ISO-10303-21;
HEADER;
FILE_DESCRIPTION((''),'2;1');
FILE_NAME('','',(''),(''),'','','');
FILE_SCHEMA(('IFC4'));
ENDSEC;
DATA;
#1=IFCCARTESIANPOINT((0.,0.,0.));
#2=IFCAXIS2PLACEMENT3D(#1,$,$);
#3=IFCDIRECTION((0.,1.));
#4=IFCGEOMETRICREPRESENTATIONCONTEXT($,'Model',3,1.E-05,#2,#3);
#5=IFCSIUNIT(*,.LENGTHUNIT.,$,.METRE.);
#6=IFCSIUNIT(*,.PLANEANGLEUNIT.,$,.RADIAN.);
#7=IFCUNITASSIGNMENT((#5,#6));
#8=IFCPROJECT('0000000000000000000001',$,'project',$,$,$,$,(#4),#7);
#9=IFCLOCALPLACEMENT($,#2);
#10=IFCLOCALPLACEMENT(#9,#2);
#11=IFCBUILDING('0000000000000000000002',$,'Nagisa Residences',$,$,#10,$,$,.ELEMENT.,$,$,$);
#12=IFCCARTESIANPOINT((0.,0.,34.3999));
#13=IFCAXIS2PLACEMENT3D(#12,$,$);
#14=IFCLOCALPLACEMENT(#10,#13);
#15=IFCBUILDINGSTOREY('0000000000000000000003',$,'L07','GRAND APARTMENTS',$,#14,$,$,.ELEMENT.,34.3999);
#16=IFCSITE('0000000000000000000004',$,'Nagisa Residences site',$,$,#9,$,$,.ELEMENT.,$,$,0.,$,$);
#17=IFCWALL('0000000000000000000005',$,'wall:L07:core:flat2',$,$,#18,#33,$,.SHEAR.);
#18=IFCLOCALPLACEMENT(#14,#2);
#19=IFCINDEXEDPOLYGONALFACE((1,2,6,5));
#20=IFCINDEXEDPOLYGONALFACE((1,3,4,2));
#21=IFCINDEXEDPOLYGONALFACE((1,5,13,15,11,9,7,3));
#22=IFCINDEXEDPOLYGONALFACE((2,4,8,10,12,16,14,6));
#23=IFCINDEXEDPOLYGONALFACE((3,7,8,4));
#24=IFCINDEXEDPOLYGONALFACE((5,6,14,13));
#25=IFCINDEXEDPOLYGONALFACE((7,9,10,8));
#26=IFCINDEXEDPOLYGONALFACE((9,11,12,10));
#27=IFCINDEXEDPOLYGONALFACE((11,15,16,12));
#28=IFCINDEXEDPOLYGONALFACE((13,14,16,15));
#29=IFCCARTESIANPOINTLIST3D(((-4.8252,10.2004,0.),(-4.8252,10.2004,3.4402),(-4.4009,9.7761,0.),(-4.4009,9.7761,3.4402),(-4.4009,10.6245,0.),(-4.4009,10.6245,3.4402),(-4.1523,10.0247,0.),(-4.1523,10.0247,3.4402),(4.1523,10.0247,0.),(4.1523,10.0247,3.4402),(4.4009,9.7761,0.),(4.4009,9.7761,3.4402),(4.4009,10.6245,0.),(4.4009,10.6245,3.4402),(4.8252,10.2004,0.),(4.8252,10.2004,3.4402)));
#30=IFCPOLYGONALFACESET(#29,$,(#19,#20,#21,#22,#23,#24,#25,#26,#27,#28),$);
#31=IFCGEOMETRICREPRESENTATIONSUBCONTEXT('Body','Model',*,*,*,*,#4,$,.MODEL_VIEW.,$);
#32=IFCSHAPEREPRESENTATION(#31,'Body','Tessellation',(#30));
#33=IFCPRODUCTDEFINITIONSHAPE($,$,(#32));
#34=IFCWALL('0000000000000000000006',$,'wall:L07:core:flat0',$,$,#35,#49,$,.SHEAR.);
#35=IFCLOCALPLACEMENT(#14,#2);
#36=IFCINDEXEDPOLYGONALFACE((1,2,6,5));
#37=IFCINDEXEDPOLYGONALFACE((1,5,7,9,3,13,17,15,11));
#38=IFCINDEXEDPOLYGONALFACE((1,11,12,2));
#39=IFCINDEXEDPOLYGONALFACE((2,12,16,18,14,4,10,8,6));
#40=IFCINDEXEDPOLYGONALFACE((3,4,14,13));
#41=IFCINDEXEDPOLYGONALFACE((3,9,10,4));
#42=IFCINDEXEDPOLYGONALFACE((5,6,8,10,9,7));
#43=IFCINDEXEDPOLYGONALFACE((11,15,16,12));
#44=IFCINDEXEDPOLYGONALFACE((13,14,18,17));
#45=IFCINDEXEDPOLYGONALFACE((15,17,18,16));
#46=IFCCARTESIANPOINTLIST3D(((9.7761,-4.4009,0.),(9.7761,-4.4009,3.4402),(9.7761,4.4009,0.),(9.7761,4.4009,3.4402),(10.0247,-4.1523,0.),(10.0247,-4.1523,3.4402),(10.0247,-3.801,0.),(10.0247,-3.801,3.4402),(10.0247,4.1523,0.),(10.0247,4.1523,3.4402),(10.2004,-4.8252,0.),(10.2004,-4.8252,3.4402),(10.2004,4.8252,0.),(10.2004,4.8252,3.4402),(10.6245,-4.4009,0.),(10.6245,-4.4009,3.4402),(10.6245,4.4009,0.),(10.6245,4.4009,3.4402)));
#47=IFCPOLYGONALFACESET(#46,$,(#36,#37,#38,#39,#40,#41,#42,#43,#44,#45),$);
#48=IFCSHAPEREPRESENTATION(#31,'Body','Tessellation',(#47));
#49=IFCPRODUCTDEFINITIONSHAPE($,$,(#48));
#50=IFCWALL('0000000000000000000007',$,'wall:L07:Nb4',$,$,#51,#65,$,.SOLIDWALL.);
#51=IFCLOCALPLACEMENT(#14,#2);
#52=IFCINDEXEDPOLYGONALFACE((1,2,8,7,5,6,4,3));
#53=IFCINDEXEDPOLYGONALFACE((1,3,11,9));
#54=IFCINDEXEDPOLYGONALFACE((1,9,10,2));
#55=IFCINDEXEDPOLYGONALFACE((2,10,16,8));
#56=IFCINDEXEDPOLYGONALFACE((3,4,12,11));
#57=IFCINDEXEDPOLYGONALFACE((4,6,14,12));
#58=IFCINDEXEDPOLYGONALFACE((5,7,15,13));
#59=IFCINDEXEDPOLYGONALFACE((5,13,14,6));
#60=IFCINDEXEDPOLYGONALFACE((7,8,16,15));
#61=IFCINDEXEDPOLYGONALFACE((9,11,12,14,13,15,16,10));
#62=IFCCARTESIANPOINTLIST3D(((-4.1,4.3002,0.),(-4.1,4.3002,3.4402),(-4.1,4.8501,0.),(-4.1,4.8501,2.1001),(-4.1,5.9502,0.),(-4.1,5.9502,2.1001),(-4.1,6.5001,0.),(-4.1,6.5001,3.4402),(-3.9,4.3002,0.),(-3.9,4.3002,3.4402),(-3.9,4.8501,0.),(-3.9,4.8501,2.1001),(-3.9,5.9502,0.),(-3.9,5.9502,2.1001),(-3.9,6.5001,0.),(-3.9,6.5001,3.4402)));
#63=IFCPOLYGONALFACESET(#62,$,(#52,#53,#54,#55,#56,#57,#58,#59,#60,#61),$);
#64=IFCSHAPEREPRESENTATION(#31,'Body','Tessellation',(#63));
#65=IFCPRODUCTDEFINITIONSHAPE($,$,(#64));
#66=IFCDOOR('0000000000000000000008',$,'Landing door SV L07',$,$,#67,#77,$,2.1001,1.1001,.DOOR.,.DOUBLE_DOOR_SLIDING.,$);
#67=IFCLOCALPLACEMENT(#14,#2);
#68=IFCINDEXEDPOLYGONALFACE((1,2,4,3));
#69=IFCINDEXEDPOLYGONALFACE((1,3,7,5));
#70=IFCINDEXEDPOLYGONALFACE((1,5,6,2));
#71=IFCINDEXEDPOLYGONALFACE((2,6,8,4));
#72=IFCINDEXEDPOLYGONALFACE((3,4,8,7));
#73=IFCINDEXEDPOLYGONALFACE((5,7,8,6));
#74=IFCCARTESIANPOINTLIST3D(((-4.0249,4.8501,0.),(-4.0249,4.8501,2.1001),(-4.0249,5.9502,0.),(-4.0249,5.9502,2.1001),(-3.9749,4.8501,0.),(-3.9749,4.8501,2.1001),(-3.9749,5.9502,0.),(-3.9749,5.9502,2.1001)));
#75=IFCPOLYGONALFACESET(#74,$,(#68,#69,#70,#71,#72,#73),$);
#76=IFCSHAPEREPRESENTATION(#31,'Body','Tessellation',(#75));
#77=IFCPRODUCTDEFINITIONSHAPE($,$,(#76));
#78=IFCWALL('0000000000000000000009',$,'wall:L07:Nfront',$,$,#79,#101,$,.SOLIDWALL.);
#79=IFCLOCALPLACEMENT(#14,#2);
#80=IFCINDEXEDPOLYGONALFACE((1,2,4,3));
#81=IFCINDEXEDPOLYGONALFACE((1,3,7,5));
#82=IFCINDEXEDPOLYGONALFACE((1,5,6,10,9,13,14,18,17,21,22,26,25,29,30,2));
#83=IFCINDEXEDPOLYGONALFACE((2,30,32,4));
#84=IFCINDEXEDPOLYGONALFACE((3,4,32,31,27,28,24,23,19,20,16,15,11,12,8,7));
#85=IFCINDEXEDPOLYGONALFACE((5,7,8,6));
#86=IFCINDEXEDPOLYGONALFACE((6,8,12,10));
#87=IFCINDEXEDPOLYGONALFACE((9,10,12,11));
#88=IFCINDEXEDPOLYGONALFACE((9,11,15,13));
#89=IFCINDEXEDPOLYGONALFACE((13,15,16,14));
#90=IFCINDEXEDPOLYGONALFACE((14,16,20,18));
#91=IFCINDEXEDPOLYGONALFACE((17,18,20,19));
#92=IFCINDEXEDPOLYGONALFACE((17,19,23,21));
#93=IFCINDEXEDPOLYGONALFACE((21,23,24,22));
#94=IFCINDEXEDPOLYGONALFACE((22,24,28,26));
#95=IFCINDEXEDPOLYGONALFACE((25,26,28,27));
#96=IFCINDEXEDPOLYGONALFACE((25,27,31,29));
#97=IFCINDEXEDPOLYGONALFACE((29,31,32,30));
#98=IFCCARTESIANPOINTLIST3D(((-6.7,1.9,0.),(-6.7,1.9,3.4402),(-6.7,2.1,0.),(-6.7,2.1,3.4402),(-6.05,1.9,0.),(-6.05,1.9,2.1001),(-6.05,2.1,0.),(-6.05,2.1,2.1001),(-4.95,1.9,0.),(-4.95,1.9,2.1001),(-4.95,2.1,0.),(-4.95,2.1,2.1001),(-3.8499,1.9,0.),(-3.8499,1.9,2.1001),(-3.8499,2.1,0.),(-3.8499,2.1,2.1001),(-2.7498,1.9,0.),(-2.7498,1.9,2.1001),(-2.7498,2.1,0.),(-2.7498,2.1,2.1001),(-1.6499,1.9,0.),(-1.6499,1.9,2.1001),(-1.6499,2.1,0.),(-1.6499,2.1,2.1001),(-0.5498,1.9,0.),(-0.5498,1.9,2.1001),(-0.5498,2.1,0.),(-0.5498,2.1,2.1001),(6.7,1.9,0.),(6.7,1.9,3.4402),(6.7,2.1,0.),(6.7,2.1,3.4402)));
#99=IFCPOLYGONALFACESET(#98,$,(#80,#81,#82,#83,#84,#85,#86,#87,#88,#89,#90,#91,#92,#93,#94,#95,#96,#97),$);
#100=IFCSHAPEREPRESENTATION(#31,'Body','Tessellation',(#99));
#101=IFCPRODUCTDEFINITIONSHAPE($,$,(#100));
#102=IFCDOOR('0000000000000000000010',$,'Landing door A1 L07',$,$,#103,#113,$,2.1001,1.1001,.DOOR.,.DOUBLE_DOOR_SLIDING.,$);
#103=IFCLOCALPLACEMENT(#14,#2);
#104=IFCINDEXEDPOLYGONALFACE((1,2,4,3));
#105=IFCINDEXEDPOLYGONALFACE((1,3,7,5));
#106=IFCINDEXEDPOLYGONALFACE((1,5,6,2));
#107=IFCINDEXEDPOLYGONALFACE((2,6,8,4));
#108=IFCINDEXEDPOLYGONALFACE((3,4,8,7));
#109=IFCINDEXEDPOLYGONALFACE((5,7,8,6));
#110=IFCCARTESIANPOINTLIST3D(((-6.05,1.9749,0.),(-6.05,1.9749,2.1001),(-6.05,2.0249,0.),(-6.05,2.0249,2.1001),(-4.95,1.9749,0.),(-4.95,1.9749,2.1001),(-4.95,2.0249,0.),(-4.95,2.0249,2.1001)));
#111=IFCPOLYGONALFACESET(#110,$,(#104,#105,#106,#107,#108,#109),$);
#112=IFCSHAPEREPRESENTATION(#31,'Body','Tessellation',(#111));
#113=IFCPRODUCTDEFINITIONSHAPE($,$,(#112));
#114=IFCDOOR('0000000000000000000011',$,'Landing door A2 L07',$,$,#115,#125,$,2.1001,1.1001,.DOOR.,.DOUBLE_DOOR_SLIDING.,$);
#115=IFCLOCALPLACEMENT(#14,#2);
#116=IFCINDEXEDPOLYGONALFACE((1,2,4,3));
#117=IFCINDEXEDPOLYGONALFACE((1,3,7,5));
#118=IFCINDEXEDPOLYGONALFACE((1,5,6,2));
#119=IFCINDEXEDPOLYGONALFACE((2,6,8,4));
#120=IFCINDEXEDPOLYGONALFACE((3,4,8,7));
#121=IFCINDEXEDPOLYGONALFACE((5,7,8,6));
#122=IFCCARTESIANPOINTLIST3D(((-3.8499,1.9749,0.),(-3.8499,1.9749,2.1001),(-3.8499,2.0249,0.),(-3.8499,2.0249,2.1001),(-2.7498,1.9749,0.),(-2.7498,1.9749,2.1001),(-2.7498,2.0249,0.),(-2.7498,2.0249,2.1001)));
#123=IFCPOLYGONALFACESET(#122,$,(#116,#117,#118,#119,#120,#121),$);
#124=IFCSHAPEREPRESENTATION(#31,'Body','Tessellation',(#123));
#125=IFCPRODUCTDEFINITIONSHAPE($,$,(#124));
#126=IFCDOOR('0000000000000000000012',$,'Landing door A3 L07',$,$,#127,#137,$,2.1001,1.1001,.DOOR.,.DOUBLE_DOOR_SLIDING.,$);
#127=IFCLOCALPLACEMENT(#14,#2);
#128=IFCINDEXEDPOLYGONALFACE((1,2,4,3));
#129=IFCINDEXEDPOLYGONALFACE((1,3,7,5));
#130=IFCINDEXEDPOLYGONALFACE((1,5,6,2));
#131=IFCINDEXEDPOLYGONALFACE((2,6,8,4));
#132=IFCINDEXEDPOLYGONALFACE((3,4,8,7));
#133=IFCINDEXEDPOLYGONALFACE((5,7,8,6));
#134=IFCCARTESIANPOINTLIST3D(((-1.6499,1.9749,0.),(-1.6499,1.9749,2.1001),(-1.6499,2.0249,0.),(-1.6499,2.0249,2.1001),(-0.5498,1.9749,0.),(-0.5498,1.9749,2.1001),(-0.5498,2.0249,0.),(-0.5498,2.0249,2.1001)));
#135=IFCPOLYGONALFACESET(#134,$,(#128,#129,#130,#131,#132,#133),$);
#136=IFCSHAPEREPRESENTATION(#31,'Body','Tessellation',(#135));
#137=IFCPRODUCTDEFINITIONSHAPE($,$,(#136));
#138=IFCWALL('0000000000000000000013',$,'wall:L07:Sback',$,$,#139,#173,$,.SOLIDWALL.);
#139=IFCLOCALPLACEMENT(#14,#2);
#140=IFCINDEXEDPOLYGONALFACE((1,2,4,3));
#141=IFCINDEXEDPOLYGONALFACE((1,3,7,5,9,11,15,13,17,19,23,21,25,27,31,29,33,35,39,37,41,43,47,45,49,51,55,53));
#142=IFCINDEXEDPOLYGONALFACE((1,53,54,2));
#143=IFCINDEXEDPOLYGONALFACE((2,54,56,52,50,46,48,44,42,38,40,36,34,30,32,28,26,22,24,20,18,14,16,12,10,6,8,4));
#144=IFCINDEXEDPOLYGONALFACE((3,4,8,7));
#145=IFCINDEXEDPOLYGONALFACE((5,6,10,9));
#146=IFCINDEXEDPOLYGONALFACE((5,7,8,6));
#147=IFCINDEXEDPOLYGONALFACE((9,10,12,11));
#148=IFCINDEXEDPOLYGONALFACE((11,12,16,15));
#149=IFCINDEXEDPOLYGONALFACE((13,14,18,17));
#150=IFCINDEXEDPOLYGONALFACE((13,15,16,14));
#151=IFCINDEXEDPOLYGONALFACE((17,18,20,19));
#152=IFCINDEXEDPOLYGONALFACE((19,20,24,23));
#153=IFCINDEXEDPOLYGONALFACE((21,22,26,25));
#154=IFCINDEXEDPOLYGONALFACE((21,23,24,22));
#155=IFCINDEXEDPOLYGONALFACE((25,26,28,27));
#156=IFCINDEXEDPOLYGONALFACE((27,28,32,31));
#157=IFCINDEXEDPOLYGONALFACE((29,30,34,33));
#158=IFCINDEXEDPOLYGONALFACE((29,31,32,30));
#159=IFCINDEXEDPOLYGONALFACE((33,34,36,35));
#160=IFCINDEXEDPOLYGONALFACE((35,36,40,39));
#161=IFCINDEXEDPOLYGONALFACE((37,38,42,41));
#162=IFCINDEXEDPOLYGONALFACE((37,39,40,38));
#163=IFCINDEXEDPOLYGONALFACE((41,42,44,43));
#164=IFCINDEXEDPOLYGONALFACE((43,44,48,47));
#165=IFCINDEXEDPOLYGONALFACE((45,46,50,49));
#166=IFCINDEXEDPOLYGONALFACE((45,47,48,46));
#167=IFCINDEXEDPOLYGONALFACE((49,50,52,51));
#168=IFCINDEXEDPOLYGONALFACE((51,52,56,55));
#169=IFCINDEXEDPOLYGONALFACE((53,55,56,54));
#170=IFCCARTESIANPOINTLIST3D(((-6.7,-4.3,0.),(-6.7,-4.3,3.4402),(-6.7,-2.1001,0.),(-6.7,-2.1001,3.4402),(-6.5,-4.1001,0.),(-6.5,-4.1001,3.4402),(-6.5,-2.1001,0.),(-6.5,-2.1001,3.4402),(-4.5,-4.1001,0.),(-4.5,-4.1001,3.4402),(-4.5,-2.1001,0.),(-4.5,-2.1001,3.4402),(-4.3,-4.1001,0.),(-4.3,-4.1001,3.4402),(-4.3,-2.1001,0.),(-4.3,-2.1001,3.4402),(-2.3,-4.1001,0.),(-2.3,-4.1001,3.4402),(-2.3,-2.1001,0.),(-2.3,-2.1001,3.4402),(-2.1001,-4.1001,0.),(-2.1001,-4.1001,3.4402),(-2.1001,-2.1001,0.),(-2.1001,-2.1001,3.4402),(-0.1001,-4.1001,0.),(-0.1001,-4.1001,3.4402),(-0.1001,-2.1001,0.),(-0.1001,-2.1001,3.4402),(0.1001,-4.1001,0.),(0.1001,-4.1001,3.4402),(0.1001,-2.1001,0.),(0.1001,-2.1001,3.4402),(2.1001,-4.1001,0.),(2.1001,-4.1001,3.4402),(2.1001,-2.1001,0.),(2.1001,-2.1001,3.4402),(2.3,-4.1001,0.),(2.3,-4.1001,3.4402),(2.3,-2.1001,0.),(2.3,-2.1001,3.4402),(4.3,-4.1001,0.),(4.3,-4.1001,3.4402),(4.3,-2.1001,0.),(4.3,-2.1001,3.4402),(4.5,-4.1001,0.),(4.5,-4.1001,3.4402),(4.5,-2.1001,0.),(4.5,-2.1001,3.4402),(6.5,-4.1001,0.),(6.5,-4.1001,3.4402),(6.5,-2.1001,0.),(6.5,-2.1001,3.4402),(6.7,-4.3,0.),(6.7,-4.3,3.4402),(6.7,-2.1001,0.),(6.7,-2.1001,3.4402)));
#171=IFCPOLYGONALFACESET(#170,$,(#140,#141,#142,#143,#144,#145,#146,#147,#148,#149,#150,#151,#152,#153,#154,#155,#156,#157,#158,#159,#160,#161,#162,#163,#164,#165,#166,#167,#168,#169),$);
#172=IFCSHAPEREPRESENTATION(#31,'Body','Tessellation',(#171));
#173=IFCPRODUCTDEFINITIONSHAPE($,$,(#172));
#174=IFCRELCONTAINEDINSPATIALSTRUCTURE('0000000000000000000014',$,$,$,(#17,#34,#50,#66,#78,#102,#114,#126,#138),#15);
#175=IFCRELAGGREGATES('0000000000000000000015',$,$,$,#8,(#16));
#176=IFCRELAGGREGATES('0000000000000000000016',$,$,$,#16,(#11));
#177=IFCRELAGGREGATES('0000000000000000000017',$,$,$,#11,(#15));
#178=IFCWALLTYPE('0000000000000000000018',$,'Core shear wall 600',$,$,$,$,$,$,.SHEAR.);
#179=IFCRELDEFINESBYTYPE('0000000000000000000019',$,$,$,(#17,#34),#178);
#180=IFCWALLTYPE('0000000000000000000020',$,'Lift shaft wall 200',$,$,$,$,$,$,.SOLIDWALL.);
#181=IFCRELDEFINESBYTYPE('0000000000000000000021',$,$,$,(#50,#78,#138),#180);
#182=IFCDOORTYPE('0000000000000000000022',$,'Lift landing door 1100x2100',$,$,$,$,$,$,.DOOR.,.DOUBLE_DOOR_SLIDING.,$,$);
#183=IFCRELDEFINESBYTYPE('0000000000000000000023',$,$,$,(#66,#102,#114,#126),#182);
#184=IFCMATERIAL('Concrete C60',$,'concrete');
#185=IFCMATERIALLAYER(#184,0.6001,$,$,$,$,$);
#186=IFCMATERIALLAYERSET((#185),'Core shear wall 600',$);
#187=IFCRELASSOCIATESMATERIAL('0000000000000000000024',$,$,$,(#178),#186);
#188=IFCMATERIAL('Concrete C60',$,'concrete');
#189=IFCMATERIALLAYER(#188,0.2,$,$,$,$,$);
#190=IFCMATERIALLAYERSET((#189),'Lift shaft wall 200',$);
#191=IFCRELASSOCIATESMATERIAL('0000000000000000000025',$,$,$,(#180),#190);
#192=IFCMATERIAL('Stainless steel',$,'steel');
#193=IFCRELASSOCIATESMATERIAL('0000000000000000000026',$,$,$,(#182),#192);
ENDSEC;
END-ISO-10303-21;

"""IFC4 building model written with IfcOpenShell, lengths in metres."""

from ifc_helpers import new_model, si_unit, direction, frame, frame_2d, origin, place, context, subcontext, project, spatial, polyline, rectangle, outline, extrude, material, layer, layer_set, type_object, element, fill, save


model = new_model("IFC4")

# Units and contexts
model_context = context("Model", 3, precision=1e-05, world=origin(), true_north=direction((0.0, 1.0)))
body_context = subcontext(model_context, "Body", "Model", "MODEL_VIEW")
ifc_project = project(units=[si_unit("LENGTHUNIT", "METRE"), si_unit("PLANEANGLEUNIT", "RADIAN")], contexts=[model_context])

# Site, building, storey
site_placement = place(None, origin())
site = spatial("IfcSite", under=ifc_project, at=site_placement, Name="Nagisa Residences site", CompositionType="ELEMENT", RefElevation=0.0)
building_placement = place(site_placement, origin())
building = spatial("IfcBuilding", under=site, at=building_placement, Name="Nagisa Residences", CompositionType="ELEMENT")
storey_placement = place(building_placement, frame((0.0, 0.0, 34.3999)))
storey = spatial("IfcBuildingStorey", under=building, at=storey_placement, Name="L07", Description="GRAND APARTMENTS", CompositionType="ELEMENT", Elevation=34.3999)

# Shared definitions
ifc_material_1 = material(Name="Concrete C60", Category="concrete")
ifc_layer_1 = layer(ifc_material_1, 0.6001)
ifc_layer_set_1 = layer_set([ifc_layer_1], Name="Core shear wall 600")
wall_type_1 = type_object("IfcWallType", Name="Core shear wall 600", PredefinedType="SHEAR", material=ifc_layer_set_1)

# Walls
wall_1_placement = place(storey_placement, origin())
element("IfcWall", 1, at=wall_1_placement, inside=storey, type_object=wall_type_1, Name="wall:L07:core:flat2", PredefinedType="SHEAR", context=body_context, shape_type="SweptSolid", body=[
    extrude(outline(polyline([(-4.1523, 10.0247), (-4.4009, 9.7761), (-4.8252, 10.2004), (-4.4009, 10.6245), (4.4009, 10.6245), (4.8252, 10.2004), (4.4009, 9.7761), (4.1523, 10.0247), (-4.1523, 10.0247)])), origin(), (0.0, 0.0, 1.0), 3.4402),
])
wall_2_placement = place(storey_placement, origin())
element("IfcWall", 2, at=wall_2_placement, inside=storey, type_object=wall_type_1, Name="wall:L07:core:flat0", PredefinedType="SHEAR", context=body_context, shape_type="SweptSolid", body=[
    extrude(outline(polyline([(9.7761, -4.4009), (10.0247, -4.1523), (10.0247, -3.801), (10.0247, 4.1523), (9.7761, 4.4009), (10.2004, 4.8252), (10.6245, 4.4009), (10.6245, -4.4009), (10.2004, -4.8252), (9.7761, -4.4009)])), origin(), (0.0, 0.0, 1.0), 3.4402),
])

# Wall, opening, door
ifc_material_2 = material(Name="Concrete C60", Category="concrete")
ifc_layer_2 = layer(ifc_material_2, 0.2)
ifc_layer_set_2 = layer_set([ifc_layer_2], Name="Lift shaft wall 200")
wall_type_2 = type_object("IfcWallType", Name="Lift shaft wall 200", PredefinedType="SOLIDWALL", material=ifc_layer_set_2)
wall_3_placement = place(storey_placement, frame((-4.0, 4.3, 0.0), z_axis=(0.0, 0.0, 1.0), x_axis=(0.0, 1.0, 0.0)))
wall_3 = element("IfcWall", 3, at=wall_3_placement, inside=storey, type_object=wall_type_2, Name="wall:L07:Nb4", PredefinedType="SOLIDWALL", context=body_context, shape_type="SweptSolid", body=[
    extrude(rectangle(XDim=2.2, YDim=0.2, at=frame_2d((1.1001, 0.0))), origin(), (0.0, 0.0, 1.0), 3.4402),
])
opening_1_placement = place(wall_3_placement, frame((0.55, 0.0, 0.0)))
opening_1 = element("IfcOpeningElement", 4, at=opening_1_placement, cuts=wall_3, PredefinedType="OPENING", context=body_context, shape_type="SweptSolid", body=[
    extrude(rectangle(XDim=1.1001, YDim=2.1001, at=frame_2d((0.55, 1.05))), frame((0.0, 0.1099, 0.0), z_axis=(0.0, -1.0, 0.0), x_axis=(1.0, 0.0, 0.0)), (0.0, 0.0, 1.0), 0.22),
])
ifc_material_3 = material(Name="Stainless steel", Category="steel")
door_type_1 = type_object("IfcDoorType", Name="Lift landing door 1100x2100", OperationType="DOUBLE_DOOR_SLIDING", PredefinedType="DOOR", material=ifc_material_3)
door_1_placement = place(opening_1_placement, origin())
door_1 = element("IfcDoor", 5, at=door_1_placement, inside=storey, type_object=door_type_1, Name="Landing door SV L07", OperationType="DOUBLE_DOOR_SLIDING", OverallHeight=2.1001, OverallWidth=1.1001, PredefinedType="DOOR", context=body_context, shape_type="SweptSolid", body=[
    extrude(rectangle(XDim=1.1001, YDim=2.1001, at=frame_2d((0.55, 1.05))), frame((0.0, 0.0249, 0.0), z_axis=(0.0, -1.0, 0.0), x_axis=(1.0, 0.0, 0.0)), (0.0, 0.0, 1.0), 0.05),
])
fill(opening_1, door_1)

# Wall, openings, doors
wall_4_placement = place(storey_placement, frame((-6.7, 2.0, 0.0), z_axis=(0.0, 0.0, 1.0), x_axis=(1.0, 0.0, 0.0)))
wall_4 = element("IfcWall", 6, at=wall_4_placement, inside=storey, type_object=wall_type_2, Name="wall:L07:Nfront", PredefinedType="SOLIDWALL", context=body_context, shape_type="SweptSolid", body=[
    extrude(rectangle(XDim=13.3999, YDim=0.2, at=frame_2d((6.7, 0.0))), origin(), (0.0, 0.0, 1.0), 3.4402),
])
opening_2_placement = place(wall_4_placement, frame((0.6499, 0.0, 0.0)))
opening_2 = element("IfcOpeningElement", 7, at=opening_2_placement, cuts=wall_4, PredefinedType="OPENING", context=body_context, shape_type="SweptSolid", body=[
    extrude(rectangle(XDim=1.1001, YDim=2.1001, at=frame_2d((0.55, 1.05))), frame((0.0, 0.1099, 0.0), z_axis=(0.0, -1.0, 0.0), x_axis=(1.0, 0.0, 0.0)), (0.0, 0.0, 1.0), 0.22),
])
opening_3_placement = place(wall_4_placement, frame((2.8501, 0.0, 0.0)))
opening_3 = element("IfcOpeningElement", 8, at=opening_3_placement, cuts=wall_4, PredefinedType="OPENING", context=body_context, shape_type="SweptSolid", body=[
    extrude(rectangle(XDim=1.1001, YDim=2.1001, at=frame_2d((0.55, 1.05))), frame((0.0, 0.1099, 0.0), z_axis=(0.0, -1.0, 0.0), x_axis=(1.0, 0.0, 0.0)), (0.0, 0.0, 1.0), 0.22),
])
opening_4_placement = place(wall_4_placement, frame((5.05, 0.0, 0.0)))
opening_4 = element("IfcOpeningElement", 9, at=opening_4_placement, cuts=wall_4, PredefinedType="OPENING", context=body_context, shape_type="SweptSolid", body=[
    extrude(rectangle(XDim=1.1001, YDim=2.1001, at=frame_2d((0.55, 1.05))), frame((0.0, 0.1099, 0.0), z_axis=(0.0, -1.0, 0.0), x_axis=(1.0, 0.0, 0.0)), (0.0, 0.0, 1.0), 0.22),
])
door_2_placement = place(opening_2_placement, origin())
door_2 = element("IfcDoor", 10, at=door_2_placement, inside=storey, type_object=door_type_1, Name="Landing door A1 L07", OperationType="DOUBLE_DOOR_SLIDING", OverallHeight=2.1001, OverallWidth=1.1001, PredefinedType="DOOR", context=body_context, shape_type="SweptSolid", body=[
    extrude(rectangle(XDim=1.1001, YDim=2.1001, at=frame_2d((0.55, 1.05))), frame((0.0, 0.0249, 0.0), z_axis=(0.0, -1.0, 0.0), x_axis=(1.0, 0.0, 0.0)), (0.0, 0.0, 1.0), 0.05),
])
fill(opening_2, door_2)
door_3_placement = place(opening_3_placement, origin())
door_3 = element("IfcDoor", 11, at=door_3_placement, inside=storey, type_object=door_type_1, Name="Landing door A2 L07", OperationType="DOUBLE_DOOR_SLIDING", OverallHeight=2.1001, OverallWidth=1.1001, PredefinedType="DOOR", context=body_context, shape_type="SweptSolid", body=[
    extrude(rectangle(XDim=1.1001, YDim=2.1001, at=frame_2d((0.55, 1.05))), frame((0.0, 0.0249, 0.0), z_axis=(0.0, -1.0, 0.0), x_axis=(1.0, 0.0, 0.0)), (0.0, 0.0, 1.0), 0.05),
])
fill(opening_3, door_3)
door_4_placement = place(opening_4_placement, origin())
door_4 = element("IfcDoor", 12, at=door_4_placement, inside=storey, type_object=door_type_1, Name="Landing door A3 L07", OperationType="DOUBLE_DOOR_SLIDING", OverallHeight=2.1001, OverallWidth=1.1001, PredefinedType="DOOR", context=body_context, shape_type="SweptSolid", body=[
    extrude(rectangle(XDim=1.1001, YDim=2.1001, at=frame_2d((0.55, 1.05))), frame((0.0, 0.0249, 0.0), z_axis=(0.0, -1.0, 0.0), x_axis=(1.0, 0.0, 0.0)), (0.0, 0.0, 1.0), 0.05),
])
fill(opening_4, door_4)

# Wall
wall_5_placement = place(storey_placement, origin())
element("IfcWall", 13, at=wall_5_placement, inside=storey, type_object=wall_type_2, Name="wall:L07:Sback", PredefinedType="SOLIDWALL", context=body_context, shape_type="SweptSolid", body=[
    extrude(outline(polyline([(-6.7, -2.1001), (-6.5, -2.1001), (-6.5, -4.1001), (-4.5, -4.1001), (-4.5, -2.1001), (-4.3, -2.1001), (-4.3, -4.1001), (-2.3, -4.1001), (-2.3, -2.1001), (-2.1001, -2.1001), (-2.1001, -4.1001), (-0.1001, -4.1001), (-0.1001, -2.1001), (0.1001, -2.1001), (0.1001, -4.1001), (2.1001, -4.1001), (2.1001, -2.1001), (2.3, -2.1001), (2.3, -4.1001), (4.3, -4.1001), (4.3, -2.1001), (4.5, -2.1001), (4.5, -4.1001), (6.5, -4.1001), (6.5, -2.1001), (6.7, -2.1001), (6.7, -4.3), (-6.7, -4.3), (-6.7, -2.1001)])), origin(), (0.0, 0.0, 1.0), 3.4402),
])

save(model, "model.ifc")
